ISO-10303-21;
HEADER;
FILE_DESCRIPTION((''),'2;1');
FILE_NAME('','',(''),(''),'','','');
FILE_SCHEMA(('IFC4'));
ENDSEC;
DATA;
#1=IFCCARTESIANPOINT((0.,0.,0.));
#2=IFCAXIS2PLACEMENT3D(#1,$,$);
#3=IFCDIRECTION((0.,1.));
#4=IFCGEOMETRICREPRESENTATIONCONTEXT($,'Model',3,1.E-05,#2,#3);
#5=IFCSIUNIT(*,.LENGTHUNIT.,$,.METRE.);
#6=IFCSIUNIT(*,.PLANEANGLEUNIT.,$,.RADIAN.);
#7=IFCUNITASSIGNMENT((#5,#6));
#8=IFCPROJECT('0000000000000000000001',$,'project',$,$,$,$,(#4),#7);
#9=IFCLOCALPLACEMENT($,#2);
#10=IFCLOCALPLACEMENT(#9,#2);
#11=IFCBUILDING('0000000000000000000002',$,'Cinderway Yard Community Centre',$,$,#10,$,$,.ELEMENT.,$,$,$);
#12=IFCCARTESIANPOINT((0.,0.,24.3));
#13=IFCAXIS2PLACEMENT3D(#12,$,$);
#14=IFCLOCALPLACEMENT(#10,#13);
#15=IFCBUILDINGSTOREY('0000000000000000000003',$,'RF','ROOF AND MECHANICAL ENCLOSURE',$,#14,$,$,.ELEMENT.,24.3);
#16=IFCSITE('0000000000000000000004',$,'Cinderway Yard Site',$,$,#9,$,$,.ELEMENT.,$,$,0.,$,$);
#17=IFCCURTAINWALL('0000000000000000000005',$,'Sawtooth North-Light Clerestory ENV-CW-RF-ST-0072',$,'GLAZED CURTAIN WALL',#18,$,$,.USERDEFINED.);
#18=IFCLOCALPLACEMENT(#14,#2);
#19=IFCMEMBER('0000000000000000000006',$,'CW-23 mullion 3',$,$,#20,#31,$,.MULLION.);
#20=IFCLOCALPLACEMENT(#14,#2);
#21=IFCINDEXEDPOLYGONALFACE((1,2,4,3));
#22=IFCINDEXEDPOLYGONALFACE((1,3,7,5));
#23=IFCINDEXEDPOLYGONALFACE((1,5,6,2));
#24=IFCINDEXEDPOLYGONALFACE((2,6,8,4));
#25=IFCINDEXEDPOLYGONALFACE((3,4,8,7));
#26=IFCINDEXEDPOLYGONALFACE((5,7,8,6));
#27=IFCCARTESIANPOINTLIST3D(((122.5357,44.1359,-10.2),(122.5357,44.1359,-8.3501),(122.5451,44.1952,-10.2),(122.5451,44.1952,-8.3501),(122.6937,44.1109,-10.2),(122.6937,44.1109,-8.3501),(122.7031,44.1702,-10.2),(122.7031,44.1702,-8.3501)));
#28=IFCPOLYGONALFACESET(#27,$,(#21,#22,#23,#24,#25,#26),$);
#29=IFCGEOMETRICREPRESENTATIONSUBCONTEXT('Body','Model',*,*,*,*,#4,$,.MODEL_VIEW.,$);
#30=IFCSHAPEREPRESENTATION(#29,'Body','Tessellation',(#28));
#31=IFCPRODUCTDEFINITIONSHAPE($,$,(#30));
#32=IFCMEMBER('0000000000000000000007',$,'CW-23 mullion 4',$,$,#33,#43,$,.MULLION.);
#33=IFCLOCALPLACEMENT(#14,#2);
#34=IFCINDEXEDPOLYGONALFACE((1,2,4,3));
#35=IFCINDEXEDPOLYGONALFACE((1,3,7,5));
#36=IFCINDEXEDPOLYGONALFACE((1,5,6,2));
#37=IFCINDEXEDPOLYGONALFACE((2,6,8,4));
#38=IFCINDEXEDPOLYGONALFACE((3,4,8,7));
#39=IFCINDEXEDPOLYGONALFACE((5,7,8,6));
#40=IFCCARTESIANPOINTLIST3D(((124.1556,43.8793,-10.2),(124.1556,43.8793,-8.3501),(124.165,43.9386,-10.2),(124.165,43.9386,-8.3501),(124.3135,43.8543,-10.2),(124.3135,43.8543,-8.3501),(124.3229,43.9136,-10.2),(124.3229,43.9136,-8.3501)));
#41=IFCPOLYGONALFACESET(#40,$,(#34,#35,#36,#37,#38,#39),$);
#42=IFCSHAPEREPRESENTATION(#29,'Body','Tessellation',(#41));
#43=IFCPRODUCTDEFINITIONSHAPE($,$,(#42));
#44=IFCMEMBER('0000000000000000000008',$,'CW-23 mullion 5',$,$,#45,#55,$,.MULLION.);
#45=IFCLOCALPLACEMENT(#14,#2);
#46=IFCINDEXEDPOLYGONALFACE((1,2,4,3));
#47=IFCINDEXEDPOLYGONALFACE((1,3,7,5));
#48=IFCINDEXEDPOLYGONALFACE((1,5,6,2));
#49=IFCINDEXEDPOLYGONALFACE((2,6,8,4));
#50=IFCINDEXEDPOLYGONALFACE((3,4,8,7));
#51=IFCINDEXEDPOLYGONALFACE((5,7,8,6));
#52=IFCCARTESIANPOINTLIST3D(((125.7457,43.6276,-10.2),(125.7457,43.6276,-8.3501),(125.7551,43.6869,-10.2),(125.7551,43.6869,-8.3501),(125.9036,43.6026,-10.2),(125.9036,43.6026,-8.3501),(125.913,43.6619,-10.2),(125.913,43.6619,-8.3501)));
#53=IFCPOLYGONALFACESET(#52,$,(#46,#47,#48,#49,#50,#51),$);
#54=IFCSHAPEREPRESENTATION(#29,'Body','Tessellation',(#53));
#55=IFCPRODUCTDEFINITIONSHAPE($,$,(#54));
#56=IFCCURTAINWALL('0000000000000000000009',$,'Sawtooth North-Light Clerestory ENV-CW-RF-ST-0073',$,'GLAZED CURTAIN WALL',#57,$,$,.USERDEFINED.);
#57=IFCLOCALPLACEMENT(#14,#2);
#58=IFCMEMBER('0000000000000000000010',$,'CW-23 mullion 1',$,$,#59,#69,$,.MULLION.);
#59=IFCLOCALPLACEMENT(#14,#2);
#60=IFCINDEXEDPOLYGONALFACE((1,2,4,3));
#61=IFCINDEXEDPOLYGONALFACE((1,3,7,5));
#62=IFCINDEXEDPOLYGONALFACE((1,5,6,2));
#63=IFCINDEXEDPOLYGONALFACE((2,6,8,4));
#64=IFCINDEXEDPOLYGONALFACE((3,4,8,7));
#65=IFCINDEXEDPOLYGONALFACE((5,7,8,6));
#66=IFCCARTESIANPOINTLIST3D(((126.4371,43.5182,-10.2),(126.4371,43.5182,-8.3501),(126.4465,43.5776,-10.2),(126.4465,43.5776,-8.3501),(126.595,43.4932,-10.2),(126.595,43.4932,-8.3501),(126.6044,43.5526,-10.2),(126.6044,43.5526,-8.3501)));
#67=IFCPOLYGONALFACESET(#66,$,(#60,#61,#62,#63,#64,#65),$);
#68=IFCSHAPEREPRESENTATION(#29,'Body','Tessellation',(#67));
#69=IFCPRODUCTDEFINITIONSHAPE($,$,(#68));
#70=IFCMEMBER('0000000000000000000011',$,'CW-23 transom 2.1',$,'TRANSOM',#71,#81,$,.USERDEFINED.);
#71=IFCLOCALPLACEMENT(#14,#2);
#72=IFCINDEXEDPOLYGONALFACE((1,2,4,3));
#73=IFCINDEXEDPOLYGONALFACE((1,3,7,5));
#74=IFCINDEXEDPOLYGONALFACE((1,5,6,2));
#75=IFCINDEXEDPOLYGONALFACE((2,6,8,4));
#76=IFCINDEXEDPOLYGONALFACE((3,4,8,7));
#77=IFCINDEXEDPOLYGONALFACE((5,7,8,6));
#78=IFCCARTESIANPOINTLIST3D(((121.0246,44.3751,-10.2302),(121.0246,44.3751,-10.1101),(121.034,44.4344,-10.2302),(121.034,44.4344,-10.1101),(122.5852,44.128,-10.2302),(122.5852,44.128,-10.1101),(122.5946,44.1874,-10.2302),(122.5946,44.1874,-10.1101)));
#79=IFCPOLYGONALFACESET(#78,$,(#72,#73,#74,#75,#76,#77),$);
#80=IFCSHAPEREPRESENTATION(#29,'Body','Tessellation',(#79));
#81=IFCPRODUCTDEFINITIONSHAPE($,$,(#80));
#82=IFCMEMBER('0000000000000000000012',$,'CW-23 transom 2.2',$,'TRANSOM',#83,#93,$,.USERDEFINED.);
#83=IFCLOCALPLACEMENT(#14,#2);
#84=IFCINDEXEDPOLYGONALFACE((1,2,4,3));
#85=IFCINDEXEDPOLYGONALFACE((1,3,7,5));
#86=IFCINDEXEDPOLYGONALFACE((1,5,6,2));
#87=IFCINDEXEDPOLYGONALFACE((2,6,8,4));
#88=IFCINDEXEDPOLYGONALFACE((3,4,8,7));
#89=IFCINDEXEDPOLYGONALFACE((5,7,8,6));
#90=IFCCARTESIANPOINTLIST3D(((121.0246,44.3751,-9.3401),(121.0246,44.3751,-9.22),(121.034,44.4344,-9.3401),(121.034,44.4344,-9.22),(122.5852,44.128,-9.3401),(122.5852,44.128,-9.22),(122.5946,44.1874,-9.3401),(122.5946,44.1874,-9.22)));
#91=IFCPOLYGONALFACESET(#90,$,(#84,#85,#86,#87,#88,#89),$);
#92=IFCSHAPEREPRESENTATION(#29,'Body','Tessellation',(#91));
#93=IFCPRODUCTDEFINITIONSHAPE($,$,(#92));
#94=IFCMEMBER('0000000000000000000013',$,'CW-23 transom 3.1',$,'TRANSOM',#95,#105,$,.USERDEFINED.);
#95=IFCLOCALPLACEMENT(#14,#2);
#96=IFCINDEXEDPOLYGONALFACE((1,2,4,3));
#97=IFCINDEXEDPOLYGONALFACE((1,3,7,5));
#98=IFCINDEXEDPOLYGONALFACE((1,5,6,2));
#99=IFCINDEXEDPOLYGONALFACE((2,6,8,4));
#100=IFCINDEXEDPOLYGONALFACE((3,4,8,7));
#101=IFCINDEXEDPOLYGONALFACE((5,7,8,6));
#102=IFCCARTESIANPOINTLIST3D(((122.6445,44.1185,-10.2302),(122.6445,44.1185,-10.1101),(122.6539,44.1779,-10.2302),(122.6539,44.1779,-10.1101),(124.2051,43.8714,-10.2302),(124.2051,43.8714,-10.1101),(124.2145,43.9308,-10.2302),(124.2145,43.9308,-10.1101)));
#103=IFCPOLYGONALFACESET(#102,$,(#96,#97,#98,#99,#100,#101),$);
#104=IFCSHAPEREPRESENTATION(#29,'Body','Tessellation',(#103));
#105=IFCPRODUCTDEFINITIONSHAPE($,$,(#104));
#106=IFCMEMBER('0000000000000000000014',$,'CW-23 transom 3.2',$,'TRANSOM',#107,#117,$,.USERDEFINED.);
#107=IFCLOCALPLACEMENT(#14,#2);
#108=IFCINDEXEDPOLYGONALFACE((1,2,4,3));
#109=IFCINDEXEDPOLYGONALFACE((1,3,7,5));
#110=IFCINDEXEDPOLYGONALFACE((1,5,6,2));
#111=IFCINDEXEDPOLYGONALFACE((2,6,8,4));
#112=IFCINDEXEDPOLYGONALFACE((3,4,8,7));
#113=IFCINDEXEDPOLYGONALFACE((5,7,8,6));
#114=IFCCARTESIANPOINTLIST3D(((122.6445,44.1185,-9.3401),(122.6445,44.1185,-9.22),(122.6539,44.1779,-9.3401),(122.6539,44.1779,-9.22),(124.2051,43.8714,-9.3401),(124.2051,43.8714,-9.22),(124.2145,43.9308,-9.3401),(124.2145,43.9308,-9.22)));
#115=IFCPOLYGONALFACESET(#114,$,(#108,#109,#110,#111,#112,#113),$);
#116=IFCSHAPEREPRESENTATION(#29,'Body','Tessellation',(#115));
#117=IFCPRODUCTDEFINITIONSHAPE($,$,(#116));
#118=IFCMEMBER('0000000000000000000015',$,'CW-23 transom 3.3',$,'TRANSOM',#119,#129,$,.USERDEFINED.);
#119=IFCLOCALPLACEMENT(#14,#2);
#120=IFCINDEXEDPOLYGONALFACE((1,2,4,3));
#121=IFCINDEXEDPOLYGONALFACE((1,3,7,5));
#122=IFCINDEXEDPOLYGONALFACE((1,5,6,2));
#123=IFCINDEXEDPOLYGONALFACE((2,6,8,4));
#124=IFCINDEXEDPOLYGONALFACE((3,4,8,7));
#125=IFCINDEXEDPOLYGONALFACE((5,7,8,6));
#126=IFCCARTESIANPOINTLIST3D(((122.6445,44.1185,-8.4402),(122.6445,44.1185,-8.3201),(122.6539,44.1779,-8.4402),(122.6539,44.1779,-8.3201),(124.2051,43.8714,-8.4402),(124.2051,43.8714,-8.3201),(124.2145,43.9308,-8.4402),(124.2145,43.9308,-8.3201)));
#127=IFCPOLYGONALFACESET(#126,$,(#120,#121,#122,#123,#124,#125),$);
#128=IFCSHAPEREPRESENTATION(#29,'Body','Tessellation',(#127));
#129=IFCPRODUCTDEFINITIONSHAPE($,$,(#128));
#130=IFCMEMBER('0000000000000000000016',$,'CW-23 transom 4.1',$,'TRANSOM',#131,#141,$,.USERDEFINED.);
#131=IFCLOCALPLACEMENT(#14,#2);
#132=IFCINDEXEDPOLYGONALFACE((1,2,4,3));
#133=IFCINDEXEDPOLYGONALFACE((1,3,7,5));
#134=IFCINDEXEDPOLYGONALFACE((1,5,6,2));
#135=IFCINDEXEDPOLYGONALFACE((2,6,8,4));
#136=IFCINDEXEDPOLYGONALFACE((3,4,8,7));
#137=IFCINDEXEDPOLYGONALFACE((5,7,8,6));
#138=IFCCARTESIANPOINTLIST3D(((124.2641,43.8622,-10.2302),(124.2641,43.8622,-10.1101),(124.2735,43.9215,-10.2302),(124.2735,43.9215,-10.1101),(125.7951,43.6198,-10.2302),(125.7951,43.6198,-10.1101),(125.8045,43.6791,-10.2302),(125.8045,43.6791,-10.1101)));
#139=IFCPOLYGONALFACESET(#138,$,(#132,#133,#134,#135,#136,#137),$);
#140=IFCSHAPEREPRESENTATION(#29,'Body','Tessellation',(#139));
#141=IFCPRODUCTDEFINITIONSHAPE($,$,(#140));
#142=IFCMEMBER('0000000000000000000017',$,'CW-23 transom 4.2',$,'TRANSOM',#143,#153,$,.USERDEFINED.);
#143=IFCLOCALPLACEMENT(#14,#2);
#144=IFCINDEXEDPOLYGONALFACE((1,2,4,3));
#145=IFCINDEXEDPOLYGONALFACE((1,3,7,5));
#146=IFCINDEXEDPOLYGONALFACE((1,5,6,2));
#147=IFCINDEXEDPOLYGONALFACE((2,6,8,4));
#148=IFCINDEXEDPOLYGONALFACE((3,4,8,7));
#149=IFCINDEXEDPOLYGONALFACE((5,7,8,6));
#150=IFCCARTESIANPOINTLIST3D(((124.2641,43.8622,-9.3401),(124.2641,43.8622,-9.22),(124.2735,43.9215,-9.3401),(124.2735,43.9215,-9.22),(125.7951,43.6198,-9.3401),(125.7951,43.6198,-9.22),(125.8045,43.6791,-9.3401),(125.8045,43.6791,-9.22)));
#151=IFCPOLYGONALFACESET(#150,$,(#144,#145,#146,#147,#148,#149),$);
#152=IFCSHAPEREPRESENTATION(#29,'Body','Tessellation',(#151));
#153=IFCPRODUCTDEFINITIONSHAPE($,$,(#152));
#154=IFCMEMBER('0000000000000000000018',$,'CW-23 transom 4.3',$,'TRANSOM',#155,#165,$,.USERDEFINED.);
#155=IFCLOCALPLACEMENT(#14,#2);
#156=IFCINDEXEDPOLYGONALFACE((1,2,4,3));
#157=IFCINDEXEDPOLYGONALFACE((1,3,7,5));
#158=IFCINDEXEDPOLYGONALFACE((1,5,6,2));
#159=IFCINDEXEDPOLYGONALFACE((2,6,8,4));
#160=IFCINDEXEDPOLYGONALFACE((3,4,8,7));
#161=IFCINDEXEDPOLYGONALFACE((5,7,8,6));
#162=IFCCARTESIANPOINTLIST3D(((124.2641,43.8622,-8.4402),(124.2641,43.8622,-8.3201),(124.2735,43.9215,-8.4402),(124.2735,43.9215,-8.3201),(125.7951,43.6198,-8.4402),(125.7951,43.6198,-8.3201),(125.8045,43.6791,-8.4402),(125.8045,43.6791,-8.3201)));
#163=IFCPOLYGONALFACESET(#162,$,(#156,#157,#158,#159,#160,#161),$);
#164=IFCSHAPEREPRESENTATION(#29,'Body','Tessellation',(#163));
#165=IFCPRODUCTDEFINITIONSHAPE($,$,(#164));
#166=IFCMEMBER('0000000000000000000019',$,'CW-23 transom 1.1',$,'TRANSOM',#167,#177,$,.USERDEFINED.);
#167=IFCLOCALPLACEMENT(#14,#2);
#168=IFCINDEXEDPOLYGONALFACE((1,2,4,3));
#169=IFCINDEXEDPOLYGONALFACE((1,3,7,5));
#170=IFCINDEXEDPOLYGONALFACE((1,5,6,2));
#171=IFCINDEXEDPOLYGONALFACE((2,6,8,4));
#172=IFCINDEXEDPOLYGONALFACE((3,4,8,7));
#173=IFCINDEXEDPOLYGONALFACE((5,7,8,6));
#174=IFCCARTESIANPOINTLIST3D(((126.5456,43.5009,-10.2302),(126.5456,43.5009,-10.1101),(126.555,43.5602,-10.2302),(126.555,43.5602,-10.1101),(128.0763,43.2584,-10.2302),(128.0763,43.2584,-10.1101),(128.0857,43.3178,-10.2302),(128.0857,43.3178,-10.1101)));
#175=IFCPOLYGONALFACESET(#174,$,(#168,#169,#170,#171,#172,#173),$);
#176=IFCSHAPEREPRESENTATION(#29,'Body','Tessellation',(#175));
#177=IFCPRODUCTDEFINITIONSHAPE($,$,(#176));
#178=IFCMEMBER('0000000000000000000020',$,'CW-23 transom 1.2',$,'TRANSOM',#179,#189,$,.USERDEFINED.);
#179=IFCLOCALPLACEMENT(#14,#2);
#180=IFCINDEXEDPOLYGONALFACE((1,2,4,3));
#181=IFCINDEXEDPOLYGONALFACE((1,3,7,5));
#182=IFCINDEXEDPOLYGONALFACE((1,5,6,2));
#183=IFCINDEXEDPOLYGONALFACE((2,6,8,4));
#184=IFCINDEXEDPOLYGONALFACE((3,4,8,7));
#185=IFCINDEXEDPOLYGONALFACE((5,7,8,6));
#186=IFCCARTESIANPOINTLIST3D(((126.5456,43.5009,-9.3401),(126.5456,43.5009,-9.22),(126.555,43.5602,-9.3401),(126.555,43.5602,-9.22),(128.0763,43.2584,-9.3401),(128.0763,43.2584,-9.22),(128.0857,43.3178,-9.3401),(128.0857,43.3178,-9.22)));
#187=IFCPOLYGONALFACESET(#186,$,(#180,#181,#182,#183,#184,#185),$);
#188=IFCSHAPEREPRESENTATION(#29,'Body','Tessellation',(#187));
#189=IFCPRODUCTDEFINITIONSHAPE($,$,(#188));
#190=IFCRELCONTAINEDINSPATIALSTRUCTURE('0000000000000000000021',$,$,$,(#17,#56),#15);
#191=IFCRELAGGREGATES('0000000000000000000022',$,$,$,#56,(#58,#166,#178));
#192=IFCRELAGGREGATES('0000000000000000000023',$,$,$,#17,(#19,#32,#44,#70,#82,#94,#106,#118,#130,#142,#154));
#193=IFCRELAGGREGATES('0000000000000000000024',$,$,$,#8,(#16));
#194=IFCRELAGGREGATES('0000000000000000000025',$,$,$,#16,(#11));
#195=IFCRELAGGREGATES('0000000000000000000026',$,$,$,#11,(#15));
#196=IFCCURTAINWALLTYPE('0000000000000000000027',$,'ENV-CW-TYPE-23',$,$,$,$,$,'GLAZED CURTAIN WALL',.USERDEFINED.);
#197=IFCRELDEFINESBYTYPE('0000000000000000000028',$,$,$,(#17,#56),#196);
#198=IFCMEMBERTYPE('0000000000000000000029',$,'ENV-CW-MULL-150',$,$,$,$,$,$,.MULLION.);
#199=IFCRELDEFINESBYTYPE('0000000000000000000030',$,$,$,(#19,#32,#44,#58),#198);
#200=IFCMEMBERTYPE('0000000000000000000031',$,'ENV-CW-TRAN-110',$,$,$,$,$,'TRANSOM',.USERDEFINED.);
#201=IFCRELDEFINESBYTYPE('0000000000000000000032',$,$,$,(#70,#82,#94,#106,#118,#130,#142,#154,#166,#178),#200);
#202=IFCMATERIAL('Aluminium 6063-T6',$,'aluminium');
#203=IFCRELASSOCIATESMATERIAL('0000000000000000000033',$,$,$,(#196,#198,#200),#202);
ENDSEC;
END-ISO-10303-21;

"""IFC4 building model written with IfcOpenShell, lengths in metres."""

from ifc_helpers import new_model, si_unit, direction, frame, origin, origin_2d, place, context, subcontext, project, spatial, rectangle, extrude, material, material_profile, profile_set, type_object, element, aggregate, save


model = new_model("IFC4")

# Units and contexts
model_context = context("Model", 3, precision=1e-05, world=origin(), true_north=direction((0.0, 1.0)))
body_context = subcontext(model_context, "Body", "Model", "MODEL_VIEW")
ifc_project = project(units=[si_unit("LENGTHUNIT", "METRE"), si_unit("PLANEANGLEUNIT", "RADIAN")], contexts=[model_context])

# Site, building, storey
site_placement = place(None, origin())
site = spatial("IfcSite", under=ifc_project, at=site_placement, Name="Cinderway Yard Site", CompositionType="ELEMENT", RefElevation=0.0)
building_placement = place(site_placement, origin())
building = spatial("IfcBuilding", under=site, at=building_placement, Name="Cinderway Yard Community Centre", CompositionType="ELEMENT")
storey_placement = place(building_placement, frame((0.0, 0.0, 24.3)))
storey = spatial("IfcBuildingStorey", under=building, at=storey_placement, Name="RF", Description="ROOF AND MECHANICAL ENCLOSURE", CompositionType="ELEMENT", Elevation=24.3)

# Curtain wall, members
ifc_material_1 = material(Name="Aluminium 6063-T6", Category="aluminium")
curtain_wall_type = type_object("IfcCurtainWallType", Name="ENV-CW-TYPE-23", ElementType="GLAZED CURTAIN WALL", PredefinedType="USERDEFINED", material=ifc_material_1)
curtain_wall_1_placement = place(storey_placement, origin())
curtain_wall_1 = element("IfcCurtainWall", 1, at=curtain_wall_1_placement, inside=storey, type_object=curtain_wall_type, Name="Sawtooth North-Light Clerestory ENV-CW-RF-ST-0072", ObjectType="GLAZED CURTAIN WALL", PredefinedType="USERDEFINED")
ifc_material_profile_1 = material_profile(ifc_material_1, rectangle(XDim=0.0601, YDim=0.1599, at=origin_2d()), Name="Aluminium 6063-T6")
ifc_profile_set_1 = profile_set([ifc_material_profile_1], Name="Aluminium 6063-T6")
member_type_1 = type_object("IfcMemberType", Name="ENV-CW-MULL-150", PredefinedType="MULLION", material=ifc_profile_set_1)
member_1_placement = place(storey_placement, frame((122.6194, 44.1531, -10.2), z_axis=(0.0, 0.0, 1.0), x_axis=(0.156409, 0.987692, 0.0)))
member_1 = element("IfcMember", 2, at=member_1_placement, type_object=member_type_1, Name="CW-23 mullion 3", PredefinedType="MULLION", context=body_context, shape_type="SweptSolid", body=[
    extrude(rectangle(XDim=0.0601, YDim=0.1599, at=origin_2d()), origin(), (0.0, 0.0, 1.0), 1.8499),
])
member_2_placement = place(storey_placement, frame((124.2393, 43.8965, -10.2), z_axis=(0.0, 0.0, 1.0), x_axis=(0.156409, 0.987692, 0.0)))
member_2 = element("IfcMember", 3, at=member_2_placement, type_object=member_type_1, Name="CW-23 mullion 4", PredefinedType="MULLION", context=body_context, shape_type="SweptSolid", body=[
    extrude(rectangle(XDim=0.0601, YDim=0.1599, at=origin_2d()), origin(), (0.0, 0.0, 1.0), 1.8499),
])
member_3_placement = place(storey_placement, frame((125.8293, 43.6448, -10.2), z_axis=(0.0, 0.0, 1.0), x_axis=(0.156409, 0.987692, 0.0)))
member_3 = element("IfcMember", 4, at=member_3_placement, type_object=member_type_1, Name="CW-23 mullion 5", PredefinedType="MULLION", context=body_context, shape_type="SweptSolid", body=[
    extrude(rectangle(XDim=0.0601, YDim=0.1599, at=origin_2d()), origin(), (0.0, 0.0, 1.0), 1.8499),
])

# Curtain wall, member
curtain_wall_2_placement = place(storey_placement, origin())
curtain_wall_2 = element("IfcCurtainWall", 5, at=curtain_wall_2_placement, inside=storey, type_object=curtain_wall_type, Name="Sawtooth North-Light Clerestory ENV-CW-RF-ST-0073", ObjectType="GLAZED CURTAIN WALL", PredefinedType="USERDEFINED")
member_4_placement = place(storey_placement, frame((126.5208, 43.5354, -10.2), z_axis=(0.0, 0.0, 1.0), x_axis=(0.156409, 0.987692, 0.0)))
member_4 = element("IfcMember", 6, at=member_4_placement, type_object=member_type_1, Name="CW-23 mullion 1", PredefinedType="MULLION", context=body_context, shape_type="SweptSolid", body=[
    extrude(rectangle(XDim=0.0601, YDim=0.1599, at=origin_2d()), origin(), (0.0, 0.0, 1.0), 1.8499),
])

# Members
ifc_material_profile_2 = material_profile(ifc_material_1, rectangle(XDim=0.0601, YDim=0.1201, at=origin_2d()), Name="Aluminium 6063-T6")
ifc_profile_set_2 = profile_set([ifc_material_profile_2], Name="Aluminium 6063-T6")
member_type_2 = type_object("IfcMemberType", Name="ENV-CW-TRAN-110", ElementType="TRANSOM", PredefinedType="USERDEFINED", material=ifc_profile_set_2)
member_5_placement = place(storey_placement, frame((121.0293, 44.4048, -10.1702), z_axis=(0.987698, -0.156375, 0.0), x_axis=(0.156375, 0.987698, 0.0)))
member_5 = element("IfcMember", 7, at=member_5_placement, type_object=member_type_2, Name="CW-23 transom 2.1", ObjectType="TRANSOM", PredefinedType="USERDEFINED", context=body_context, shape_type="SweptSolid", body=[
    extrude(rectangle(XDim=0.0601, YDim=0.1201, at=origin_2d()), origin(), (0.0, 0.0, 1.0), 1.5801),
])
member_6_placement = place(storey_placement, frame((121.0293, 44.4048, -9.28), z_axis=(0.987698, -0.156375, 0.0), x_axis=(0.156375, 0.987698, 0.0)))
member_6 = element("IfcMember", 8, at=member_6_placement, type_object=member_type_2, Name="CW-23 transom 2.2", ObjectType="TRANSOM", PredefinedType="USERDEFINED", context=body_context, shape_type="SweptSolid", body=[
    extrude(rectangle(XDim=0.0601, YDim=0.1201, at=origin_2d()), origin(), (0.0, 0.0, 1.0), 1.5801),
])
member_7_placement = place(storey_placement, frame((122.6492, 44.1482, -10.1702), z_axis=(0.987698, -0.156375, 0.0), x_axis=(0.156375, 0.987698, 0.0)))
member_7 = element("IfcMember", 9, at=member_7_placement, type_object=member_type_2, Name="CW-23 transom 3.1", ObjectType="TRANSOM", PredefinedType="USERDEFINED", context=body_context, shape_type="SweptSolid", body=[
    extrude(rectangle(XDim=0.0601, YDim=0.1201, at=origin_2d()), origin(), (0.0, 0.0, 1.0), 1.5801),
])
member_8_placement = place(storey_placement, frame((122.6492, 44.1482, -9.28), z_axis=(0.987698, -0.156375, 0.0), x_axis=(0.156375, 0.987698, 0.0)))
member_8 = element("IfcMember", 10, at=member_8_placement, type_object=member_type_2, Name="CW-23 transom 3.2", ObjectType="TRANSOM", PredefinedType="USERDEFINED", context=body_context, shape_type="SweptSolid", body=[
    extrude(rectangle(XDim=0.0601, YDim=0.1201, at=origin_2d()), origin(), (0.0, 0.0, 1.0), 1.5801),
])
member_9_placement = place(storey_placement, frame((122.6492, 44.1482, -8.3801), z_axis=(0.987698, -0.156375, 0.0), x_axis=(0.156375, 0.987698, 0.0)))
member_9 = element("IfcMember", 11, at=member_9_placement, type_object=member_type_2, Name="CW-23 transom 3.3", ObjectType="TRANSOM", PredefinedType="USERDEFINED", context=body_context, shape_type="SweptSolid", body=[
    extrude(rectangle(XDim=0.0601, YDim=0.1201, at=origin_2d()), origin(), (0.0, 0.0, 1.0), 1.5801),
])
member_10_placement = place(storey_placement, frame((124.2688, 43.8918, -10.1702), z_axis=(0.987694, -0.156399, 0.0), x_axis=(0.156399, 0.987694, 0.0)))
member_10 = element("IfcMember", 12, at=member_10_placement, type_object=member_type_2, Name="CW-23 transom 4.1", ObjectType="TRANSOM", PredefinedType="USERDEFINED", context=body_context, shape_type="SweptSolid", body=[
    extrude(rectangle(XDim=0.0601, YDim=0.1201, at=origin_2d()), origin(), (0.0, 0.0, 1.0), 1.55),
])
member_11_placement = place(storey_placement, frame((124.2688, 43.8918, -9.28), z_axis=(0.987694, -0.156399, 0.0), x_axis=(0.156399, 0.987694, 0.0)))
member_11 = element("IfcMember", 13, at=member_11_placement, type_object=member_type_2, Name="CW-23 transom 4.2", ObjectType="TRANSOM", PredefinedType="USERDEFINED", context=body_context, shape_type="SweptSolid", body=[
    extrude(rectangle(XDim=0.0601, YDim=0.1201, at=origin_2d()), origin(), (0.0, 0.0, 1.0), 1.55),
])
member_12_placement = place(storey_placement, frame((124.2688, 43.8918, -8.3801), z_axis=(0.987694, -0.156399, 0.0), x_axis=(0.156399, 0.987694, 0.0)))
member_12 = element("IfcMember", 14, at=member_12_placement, type_object=member_type_2, Name="CW-23 transom 4.3", ObjectType="TRANSOM", PredefinedType="USERDEFINED", context=body_context, shape_type="SweptSolid", body=[
    extrude(rectangle(XDim=0.0601, YDim=0.1201, at=origin_2d()), origin(), (0.0, 0.0, 1.0), 1.55),
])
member_13_placement = place(storey_placement, frame((126.5503, 43.5305, -10.1702), z_axis=(0.98769, -0.156424, 0.0), x_axis=(0.156424, 0.98769, 0.0)))
member_13 = element("IfcMember", 15, at=member_13_placement, type_object=member_type_2, Name="CW-23 transom 1.1", ObjectType="TRANSOM", PredefinedType="USERDEFINED", context=body_context, shape_type="SweptSolid", body=[
    extrude(rectangle(XDim=0.0601, YDim=0.1201, at=origin_2d()), origin(), (0.0, 0.0, 1.0), 1.5498),
])
member_14_placement = place(storey_placement, frame((126.5503, 43.5305, -9.28), z_axis=(0.98769, -0.156424, 0.0), x_axis=(0.156424, 0.98769, 0.0)))
member_14 = element("IfcMember", 16, at=member_14_placement, type_object=member_type_2, Name="CW-23 transom 1.2", ObjectType="TRANSOM", PredefinedType="USERDEFINED", context=body_context, shape_type="SweptSolid", body=[
    extrude(rectangle(XDim=0.0601, YDim=0.1201, at=origin_2d()), origin(), (0.0, 0.0, 1.0), 1.5498),
])
aggregate(curtain_wall_2, [member_4, member_13, member_14])

aggregate(curtain_wall_1, [member_1, member_2, member_3, member_5, member_6, member_7, member_8, member_9, member_10, member_11, member_12])

save(model, "model.ifc")
